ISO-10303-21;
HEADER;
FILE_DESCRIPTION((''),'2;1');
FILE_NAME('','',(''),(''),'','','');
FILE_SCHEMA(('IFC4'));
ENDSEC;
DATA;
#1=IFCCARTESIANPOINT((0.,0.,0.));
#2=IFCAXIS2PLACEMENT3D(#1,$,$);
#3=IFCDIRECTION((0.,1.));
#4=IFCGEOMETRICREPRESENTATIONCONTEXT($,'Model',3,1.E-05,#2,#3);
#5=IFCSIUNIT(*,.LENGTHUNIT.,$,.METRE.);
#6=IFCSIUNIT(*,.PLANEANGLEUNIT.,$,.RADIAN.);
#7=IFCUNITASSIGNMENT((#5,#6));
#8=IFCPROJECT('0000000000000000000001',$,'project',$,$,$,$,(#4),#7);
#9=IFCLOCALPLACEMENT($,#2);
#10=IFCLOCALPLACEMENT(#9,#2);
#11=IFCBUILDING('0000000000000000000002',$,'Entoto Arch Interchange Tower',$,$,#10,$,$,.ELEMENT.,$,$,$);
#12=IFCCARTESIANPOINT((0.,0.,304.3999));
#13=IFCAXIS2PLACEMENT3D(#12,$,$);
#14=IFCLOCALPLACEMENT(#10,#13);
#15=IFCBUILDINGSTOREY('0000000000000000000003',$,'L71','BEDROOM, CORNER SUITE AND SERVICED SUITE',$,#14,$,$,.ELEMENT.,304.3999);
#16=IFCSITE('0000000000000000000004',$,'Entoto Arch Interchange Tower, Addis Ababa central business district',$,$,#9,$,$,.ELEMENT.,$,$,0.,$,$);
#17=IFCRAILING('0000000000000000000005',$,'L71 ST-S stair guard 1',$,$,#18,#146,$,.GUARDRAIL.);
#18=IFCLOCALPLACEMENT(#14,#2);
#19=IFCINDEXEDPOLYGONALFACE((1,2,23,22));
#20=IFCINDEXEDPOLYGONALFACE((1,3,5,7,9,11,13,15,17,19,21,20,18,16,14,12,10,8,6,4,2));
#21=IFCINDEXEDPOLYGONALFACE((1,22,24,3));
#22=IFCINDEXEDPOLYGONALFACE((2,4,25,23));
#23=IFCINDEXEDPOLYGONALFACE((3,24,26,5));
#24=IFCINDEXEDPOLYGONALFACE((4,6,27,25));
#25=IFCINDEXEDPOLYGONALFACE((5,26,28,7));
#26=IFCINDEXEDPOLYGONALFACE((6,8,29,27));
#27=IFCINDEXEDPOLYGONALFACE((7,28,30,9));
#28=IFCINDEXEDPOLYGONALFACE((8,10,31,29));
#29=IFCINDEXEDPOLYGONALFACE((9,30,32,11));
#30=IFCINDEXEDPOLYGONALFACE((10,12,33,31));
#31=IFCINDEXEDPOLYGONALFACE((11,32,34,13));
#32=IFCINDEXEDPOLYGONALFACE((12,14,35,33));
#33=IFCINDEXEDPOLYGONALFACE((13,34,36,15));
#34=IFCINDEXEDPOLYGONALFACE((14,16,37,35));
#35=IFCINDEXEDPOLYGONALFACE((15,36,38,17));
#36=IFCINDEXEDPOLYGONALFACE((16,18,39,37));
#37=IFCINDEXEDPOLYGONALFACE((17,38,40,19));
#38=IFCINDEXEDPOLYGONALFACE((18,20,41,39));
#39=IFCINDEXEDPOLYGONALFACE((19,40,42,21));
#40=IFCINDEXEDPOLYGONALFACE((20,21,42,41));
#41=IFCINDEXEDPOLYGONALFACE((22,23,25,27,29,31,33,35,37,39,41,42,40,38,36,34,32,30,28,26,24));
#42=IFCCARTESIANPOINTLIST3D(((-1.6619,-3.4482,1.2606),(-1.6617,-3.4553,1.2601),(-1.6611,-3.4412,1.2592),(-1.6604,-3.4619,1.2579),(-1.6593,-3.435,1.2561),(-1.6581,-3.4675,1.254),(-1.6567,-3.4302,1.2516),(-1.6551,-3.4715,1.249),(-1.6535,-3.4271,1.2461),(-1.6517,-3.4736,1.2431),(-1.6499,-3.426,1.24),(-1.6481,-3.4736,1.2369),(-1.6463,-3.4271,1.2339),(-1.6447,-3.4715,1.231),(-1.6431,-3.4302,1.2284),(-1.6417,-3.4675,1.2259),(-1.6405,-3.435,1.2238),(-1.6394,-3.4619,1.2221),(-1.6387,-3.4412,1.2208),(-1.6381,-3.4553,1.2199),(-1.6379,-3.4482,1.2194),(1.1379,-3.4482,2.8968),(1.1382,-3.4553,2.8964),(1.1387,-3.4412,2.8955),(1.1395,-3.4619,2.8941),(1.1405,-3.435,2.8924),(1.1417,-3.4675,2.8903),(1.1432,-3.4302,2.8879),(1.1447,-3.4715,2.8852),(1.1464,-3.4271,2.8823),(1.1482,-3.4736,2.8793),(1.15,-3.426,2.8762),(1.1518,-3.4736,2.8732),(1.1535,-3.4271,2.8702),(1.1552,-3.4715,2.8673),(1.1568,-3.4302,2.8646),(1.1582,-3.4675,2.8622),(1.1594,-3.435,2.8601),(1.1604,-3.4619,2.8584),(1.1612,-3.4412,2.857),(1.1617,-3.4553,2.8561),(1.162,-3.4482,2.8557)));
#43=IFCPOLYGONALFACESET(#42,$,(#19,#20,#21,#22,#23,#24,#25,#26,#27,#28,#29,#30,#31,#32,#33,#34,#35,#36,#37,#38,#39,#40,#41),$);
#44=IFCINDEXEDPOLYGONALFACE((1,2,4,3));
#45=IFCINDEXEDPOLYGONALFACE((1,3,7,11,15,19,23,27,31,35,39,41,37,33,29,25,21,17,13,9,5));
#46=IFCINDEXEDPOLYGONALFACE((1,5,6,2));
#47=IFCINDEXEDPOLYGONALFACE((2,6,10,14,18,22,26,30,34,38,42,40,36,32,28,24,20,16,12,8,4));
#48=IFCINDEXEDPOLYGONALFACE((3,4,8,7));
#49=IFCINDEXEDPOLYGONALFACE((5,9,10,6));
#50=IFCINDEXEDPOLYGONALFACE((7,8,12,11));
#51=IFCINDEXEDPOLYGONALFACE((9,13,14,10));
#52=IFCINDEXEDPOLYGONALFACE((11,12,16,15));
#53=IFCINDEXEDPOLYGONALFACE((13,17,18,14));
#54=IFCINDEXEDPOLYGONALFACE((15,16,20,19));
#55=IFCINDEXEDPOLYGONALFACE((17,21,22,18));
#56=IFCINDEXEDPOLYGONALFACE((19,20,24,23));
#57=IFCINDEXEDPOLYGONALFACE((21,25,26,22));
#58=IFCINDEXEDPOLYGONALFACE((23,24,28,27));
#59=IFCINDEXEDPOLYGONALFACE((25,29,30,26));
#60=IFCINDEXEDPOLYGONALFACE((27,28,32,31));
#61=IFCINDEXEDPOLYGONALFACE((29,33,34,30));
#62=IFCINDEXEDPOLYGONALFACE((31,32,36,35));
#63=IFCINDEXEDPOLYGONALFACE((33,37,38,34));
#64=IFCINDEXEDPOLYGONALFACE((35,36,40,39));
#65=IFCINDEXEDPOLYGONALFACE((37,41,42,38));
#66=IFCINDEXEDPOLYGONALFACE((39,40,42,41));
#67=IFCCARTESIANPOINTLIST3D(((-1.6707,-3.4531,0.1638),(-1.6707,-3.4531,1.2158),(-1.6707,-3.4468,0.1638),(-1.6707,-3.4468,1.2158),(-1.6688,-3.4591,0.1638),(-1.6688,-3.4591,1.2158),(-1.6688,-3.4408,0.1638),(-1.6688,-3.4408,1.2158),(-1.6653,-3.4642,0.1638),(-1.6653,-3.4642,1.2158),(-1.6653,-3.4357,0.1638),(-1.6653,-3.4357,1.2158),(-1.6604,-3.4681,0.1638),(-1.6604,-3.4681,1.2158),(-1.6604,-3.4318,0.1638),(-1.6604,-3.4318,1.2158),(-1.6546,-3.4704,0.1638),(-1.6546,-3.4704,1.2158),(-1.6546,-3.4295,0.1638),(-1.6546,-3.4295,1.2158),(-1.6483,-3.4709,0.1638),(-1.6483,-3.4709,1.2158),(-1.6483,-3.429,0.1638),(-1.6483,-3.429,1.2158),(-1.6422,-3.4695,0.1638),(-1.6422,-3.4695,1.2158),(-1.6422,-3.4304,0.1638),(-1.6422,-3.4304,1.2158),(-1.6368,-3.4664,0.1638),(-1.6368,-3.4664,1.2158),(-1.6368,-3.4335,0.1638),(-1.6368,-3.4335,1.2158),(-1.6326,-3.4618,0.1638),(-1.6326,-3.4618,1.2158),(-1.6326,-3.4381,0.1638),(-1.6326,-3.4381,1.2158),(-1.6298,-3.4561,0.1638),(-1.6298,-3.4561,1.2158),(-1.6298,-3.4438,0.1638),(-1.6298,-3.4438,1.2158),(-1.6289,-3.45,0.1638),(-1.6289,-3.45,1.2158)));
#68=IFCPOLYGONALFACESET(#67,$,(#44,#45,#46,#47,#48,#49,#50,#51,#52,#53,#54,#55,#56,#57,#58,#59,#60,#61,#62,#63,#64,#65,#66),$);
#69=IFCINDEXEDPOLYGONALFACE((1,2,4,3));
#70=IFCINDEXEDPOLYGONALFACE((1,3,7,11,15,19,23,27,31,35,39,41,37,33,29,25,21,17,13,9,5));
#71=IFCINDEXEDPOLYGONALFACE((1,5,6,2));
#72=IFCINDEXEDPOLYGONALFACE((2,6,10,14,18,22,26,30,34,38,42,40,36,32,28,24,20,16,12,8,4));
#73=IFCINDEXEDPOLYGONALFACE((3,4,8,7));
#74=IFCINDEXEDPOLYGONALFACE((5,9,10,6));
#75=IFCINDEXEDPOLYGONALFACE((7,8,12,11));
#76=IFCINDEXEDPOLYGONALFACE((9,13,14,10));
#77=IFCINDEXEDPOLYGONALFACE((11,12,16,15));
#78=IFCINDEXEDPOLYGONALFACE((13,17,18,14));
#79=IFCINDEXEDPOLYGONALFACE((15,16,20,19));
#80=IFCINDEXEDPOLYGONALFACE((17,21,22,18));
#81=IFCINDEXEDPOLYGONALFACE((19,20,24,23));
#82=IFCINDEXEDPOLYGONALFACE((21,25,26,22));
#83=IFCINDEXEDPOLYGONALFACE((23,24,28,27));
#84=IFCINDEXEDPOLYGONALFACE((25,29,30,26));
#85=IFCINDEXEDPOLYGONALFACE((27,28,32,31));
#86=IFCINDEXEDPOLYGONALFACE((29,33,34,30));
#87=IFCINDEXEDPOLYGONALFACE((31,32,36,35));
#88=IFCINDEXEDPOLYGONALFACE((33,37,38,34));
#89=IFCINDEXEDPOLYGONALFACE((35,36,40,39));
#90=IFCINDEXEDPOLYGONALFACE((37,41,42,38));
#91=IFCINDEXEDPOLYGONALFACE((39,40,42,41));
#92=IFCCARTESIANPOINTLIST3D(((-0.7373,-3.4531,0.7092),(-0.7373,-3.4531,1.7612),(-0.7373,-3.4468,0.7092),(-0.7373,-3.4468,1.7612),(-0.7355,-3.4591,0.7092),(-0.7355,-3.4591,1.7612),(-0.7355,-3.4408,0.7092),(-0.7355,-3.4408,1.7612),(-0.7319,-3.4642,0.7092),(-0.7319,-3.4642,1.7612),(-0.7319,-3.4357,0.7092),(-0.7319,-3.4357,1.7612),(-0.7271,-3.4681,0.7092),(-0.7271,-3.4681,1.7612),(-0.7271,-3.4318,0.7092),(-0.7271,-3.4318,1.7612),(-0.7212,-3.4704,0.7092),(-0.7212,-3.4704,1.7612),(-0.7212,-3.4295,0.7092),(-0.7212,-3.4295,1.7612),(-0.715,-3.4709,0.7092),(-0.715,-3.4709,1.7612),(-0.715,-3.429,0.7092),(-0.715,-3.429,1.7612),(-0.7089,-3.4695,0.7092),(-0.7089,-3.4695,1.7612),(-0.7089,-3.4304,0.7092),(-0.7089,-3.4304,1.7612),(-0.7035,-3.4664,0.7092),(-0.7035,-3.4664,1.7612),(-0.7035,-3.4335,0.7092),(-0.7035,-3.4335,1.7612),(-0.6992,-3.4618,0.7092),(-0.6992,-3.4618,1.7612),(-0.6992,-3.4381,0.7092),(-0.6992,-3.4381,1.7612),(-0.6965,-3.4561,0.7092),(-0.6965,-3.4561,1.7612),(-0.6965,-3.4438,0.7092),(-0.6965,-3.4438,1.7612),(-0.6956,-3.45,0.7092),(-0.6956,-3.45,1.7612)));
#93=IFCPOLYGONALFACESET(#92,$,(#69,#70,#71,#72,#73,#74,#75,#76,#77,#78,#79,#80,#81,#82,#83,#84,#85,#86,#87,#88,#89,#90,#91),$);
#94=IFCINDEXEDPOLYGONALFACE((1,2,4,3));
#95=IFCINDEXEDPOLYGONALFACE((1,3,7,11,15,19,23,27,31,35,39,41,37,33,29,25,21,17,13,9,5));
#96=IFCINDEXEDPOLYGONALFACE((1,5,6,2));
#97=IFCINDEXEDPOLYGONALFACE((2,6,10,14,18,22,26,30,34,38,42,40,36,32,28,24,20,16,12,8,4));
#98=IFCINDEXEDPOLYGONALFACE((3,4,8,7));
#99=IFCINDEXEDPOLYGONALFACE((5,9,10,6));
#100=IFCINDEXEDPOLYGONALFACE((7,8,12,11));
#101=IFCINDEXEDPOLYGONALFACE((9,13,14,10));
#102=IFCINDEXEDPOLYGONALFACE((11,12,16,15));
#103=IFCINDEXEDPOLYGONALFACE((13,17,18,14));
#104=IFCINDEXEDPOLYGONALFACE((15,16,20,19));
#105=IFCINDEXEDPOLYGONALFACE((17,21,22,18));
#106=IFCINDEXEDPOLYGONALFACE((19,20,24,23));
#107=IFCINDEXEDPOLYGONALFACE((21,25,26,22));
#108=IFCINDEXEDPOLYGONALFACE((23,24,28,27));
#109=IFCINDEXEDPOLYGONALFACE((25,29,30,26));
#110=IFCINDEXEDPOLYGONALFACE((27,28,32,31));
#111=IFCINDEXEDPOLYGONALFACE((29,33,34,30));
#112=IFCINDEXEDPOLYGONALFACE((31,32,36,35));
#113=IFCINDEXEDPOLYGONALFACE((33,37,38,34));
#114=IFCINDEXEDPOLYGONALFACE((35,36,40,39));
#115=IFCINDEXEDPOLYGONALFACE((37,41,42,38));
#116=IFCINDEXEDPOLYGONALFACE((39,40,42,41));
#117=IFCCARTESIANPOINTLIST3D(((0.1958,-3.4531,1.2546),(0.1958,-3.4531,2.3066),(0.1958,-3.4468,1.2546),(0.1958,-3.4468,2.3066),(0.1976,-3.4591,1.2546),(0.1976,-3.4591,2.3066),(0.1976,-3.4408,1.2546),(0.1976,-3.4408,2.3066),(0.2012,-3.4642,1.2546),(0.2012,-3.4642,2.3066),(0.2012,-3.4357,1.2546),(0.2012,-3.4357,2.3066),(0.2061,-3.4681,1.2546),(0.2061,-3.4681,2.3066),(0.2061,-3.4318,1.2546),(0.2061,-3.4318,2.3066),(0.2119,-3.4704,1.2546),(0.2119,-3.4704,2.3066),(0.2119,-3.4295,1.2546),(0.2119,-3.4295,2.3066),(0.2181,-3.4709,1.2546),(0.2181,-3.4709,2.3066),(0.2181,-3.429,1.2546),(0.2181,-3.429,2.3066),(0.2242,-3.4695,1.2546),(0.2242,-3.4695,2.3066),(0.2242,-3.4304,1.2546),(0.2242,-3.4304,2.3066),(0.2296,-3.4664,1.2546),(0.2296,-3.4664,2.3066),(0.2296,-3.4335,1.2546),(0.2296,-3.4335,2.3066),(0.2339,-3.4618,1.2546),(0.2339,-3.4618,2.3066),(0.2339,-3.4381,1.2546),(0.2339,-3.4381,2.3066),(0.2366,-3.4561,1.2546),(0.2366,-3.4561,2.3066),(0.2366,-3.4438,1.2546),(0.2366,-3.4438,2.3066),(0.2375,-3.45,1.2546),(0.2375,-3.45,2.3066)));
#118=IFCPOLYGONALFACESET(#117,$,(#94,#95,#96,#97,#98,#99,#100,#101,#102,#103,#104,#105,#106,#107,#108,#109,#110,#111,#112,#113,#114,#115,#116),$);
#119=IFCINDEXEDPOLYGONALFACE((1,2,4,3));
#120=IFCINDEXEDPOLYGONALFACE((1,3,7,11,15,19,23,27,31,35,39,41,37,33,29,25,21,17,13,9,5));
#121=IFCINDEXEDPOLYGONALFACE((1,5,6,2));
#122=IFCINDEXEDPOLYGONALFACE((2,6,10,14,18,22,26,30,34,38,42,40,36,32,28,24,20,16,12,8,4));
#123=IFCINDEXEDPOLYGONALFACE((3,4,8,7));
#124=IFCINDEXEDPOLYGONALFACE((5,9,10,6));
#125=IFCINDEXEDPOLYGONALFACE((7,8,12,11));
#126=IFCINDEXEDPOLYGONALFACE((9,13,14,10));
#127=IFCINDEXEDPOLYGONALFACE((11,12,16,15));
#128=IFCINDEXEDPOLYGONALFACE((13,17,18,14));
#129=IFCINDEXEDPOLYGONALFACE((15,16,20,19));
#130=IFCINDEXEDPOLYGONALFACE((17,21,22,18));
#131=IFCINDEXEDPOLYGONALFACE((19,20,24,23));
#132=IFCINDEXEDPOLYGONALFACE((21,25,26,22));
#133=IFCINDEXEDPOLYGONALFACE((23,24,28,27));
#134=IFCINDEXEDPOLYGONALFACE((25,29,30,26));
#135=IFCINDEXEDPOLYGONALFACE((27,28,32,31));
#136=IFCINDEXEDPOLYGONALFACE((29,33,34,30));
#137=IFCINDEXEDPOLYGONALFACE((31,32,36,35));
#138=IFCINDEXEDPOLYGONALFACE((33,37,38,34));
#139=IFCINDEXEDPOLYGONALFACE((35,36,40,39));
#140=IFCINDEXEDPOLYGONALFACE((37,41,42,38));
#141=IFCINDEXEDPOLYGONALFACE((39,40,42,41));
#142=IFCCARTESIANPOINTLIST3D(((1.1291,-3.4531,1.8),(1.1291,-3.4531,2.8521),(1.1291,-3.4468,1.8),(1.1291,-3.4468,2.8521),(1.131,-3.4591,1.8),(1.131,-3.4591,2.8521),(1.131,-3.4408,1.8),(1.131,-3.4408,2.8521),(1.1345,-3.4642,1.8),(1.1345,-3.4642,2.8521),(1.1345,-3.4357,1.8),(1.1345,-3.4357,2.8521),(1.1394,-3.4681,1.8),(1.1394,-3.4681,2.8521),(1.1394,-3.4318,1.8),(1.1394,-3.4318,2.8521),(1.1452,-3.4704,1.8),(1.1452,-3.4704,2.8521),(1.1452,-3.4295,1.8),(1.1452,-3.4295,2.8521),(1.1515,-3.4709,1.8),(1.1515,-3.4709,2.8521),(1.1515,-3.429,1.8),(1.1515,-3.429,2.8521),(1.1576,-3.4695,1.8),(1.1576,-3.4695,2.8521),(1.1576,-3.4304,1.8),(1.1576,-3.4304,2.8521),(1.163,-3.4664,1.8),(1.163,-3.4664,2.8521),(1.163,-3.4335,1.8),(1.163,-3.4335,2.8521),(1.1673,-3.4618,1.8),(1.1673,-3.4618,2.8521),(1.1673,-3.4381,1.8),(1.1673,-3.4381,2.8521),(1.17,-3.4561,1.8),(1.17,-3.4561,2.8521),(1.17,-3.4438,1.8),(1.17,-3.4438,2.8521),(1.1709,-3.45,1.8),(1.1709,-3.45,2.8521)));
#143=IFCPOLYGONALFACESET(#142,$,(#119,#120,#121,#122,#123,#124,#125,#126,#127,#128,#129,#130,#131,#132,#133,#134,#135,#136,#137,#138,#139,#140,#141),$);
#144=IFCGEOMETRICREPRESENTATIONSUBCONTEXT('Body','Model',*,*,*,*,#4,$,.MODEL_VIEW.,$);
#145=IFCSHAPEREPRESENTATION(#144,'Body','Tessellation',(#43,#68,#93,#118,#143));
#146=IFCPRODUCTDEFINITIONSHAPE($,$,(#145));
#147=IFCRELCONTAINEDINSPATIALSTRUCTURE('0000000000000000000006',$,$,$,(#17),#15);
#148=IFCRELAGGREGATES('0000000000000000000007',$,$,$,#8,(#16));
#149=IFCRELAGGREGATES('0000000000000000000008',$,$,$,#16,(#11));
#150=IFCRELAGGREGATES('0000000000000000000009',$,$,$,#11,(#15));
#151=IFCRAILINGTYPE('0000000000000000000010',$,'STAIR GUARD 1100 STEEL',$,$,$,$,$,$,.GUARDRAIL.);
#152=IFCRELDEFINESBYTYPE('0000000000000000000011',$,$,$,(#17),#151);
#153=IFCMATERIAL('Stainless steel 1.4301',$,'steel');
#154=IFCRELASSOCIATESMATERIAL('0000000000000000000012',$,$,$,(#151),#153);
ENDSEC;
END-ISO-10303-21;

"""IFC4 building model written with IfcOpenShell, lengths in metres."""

from ifc_helpers import new_model, si_unit, direction, frame, origin, origin_2d, place, context, subcontext, project, spatial, circle, extrude, material, type_object, element, save


model = new_model("IFC4")

# Units and contexts
model_context = context("Model", 3, precision=1e-05, world=origin(), true_north=direction((0.0, 1.0)))
body_context = subcontext(model_context, "Body", "Model", "MODEL_VIEW")
ifc_project = project(units=[si_unit("LENGTHUNIT", "METRE"), si_unit("PLANEANGLEUNIT", "RADIAN")], contexts=[model_context])

# Site, building, storey
site_placement = place(None, origin())
site = spatial("IfcSite", under=ifc_project, at=site_placement, Name="Entoto Arch Interchange Tower, Addis Ababa central business district", CompositionType="ELEMENT", RefElevation=0.0)
building_placement = place(site_placement, origin())
building = spatial("IfcBuilding", under=site, at=building_placement, Name="Entoto Arch Interchange Tower", CompositionType="ELEMENT")
storey_placement = place(building_placement, frame((0.0, 0.0, 304.3999)))
storey = spatial("IfcBuildingStorey", under=building, at=storey_placement, Name="L71", Description="BEDROOM, CORNER SUITE AND SERVICED SUITE", CompositionType="ELEMENT", Elevation=304.3999)

# Railing
ifc_material_1 = material(Name="Stainless steel 1.4301", Category="steel")
railing_type_1 = type_object("IfcRailingType", Name="STAIR GUARD 1100 STEEL", PredefinedType="GUARDRAIL", material=ifc_material_1)
railing_1_placement = place(storey_placement, frame((-1.6499, -3.45, 0.1638)))
element("IfcRailing", 1, at=railing_1_placement, inside=storey, type_object=railing_type_1, Name="L71 ST-S stair guard 1", PredefinedType="GUARDRAIL", context=body_context, shape_type="SweptSolid", body=[
    extrude(circle(Radius=0.0239, at=origin_2d()), frame((0.0, 0.0, 1.0762), z_axis=(0.863374, 0.0, 0.504564), x_axis=(0.0, 1.0, 0.0)), (0.0, 0.0, 1.0), 3.2429),
    extrude(circle(Radius=0.021, at=origin_2d()), origin(), (0.0, 0.0, 1.0), 1.052),
    extrude(circle(Radius=0.021, at=origin_2d()), frame((0.9333, 0.0, 0.5454)), (0.0, 0.0, 1.0), 1.052),
    extrude(circle(Radius=0.021, at=origin_2d()), frame((1.8665, 0.0, 1.0908)), (0.0, 0.0, 1.0), 1.052),
    extrude(circle(Radius=0.021, at=origin_2d()), frame((2.7998, 0.0, 1.6362)), (0.0, 0.0, 1.0), 1.052),
])

save(model, "model.ifc")
